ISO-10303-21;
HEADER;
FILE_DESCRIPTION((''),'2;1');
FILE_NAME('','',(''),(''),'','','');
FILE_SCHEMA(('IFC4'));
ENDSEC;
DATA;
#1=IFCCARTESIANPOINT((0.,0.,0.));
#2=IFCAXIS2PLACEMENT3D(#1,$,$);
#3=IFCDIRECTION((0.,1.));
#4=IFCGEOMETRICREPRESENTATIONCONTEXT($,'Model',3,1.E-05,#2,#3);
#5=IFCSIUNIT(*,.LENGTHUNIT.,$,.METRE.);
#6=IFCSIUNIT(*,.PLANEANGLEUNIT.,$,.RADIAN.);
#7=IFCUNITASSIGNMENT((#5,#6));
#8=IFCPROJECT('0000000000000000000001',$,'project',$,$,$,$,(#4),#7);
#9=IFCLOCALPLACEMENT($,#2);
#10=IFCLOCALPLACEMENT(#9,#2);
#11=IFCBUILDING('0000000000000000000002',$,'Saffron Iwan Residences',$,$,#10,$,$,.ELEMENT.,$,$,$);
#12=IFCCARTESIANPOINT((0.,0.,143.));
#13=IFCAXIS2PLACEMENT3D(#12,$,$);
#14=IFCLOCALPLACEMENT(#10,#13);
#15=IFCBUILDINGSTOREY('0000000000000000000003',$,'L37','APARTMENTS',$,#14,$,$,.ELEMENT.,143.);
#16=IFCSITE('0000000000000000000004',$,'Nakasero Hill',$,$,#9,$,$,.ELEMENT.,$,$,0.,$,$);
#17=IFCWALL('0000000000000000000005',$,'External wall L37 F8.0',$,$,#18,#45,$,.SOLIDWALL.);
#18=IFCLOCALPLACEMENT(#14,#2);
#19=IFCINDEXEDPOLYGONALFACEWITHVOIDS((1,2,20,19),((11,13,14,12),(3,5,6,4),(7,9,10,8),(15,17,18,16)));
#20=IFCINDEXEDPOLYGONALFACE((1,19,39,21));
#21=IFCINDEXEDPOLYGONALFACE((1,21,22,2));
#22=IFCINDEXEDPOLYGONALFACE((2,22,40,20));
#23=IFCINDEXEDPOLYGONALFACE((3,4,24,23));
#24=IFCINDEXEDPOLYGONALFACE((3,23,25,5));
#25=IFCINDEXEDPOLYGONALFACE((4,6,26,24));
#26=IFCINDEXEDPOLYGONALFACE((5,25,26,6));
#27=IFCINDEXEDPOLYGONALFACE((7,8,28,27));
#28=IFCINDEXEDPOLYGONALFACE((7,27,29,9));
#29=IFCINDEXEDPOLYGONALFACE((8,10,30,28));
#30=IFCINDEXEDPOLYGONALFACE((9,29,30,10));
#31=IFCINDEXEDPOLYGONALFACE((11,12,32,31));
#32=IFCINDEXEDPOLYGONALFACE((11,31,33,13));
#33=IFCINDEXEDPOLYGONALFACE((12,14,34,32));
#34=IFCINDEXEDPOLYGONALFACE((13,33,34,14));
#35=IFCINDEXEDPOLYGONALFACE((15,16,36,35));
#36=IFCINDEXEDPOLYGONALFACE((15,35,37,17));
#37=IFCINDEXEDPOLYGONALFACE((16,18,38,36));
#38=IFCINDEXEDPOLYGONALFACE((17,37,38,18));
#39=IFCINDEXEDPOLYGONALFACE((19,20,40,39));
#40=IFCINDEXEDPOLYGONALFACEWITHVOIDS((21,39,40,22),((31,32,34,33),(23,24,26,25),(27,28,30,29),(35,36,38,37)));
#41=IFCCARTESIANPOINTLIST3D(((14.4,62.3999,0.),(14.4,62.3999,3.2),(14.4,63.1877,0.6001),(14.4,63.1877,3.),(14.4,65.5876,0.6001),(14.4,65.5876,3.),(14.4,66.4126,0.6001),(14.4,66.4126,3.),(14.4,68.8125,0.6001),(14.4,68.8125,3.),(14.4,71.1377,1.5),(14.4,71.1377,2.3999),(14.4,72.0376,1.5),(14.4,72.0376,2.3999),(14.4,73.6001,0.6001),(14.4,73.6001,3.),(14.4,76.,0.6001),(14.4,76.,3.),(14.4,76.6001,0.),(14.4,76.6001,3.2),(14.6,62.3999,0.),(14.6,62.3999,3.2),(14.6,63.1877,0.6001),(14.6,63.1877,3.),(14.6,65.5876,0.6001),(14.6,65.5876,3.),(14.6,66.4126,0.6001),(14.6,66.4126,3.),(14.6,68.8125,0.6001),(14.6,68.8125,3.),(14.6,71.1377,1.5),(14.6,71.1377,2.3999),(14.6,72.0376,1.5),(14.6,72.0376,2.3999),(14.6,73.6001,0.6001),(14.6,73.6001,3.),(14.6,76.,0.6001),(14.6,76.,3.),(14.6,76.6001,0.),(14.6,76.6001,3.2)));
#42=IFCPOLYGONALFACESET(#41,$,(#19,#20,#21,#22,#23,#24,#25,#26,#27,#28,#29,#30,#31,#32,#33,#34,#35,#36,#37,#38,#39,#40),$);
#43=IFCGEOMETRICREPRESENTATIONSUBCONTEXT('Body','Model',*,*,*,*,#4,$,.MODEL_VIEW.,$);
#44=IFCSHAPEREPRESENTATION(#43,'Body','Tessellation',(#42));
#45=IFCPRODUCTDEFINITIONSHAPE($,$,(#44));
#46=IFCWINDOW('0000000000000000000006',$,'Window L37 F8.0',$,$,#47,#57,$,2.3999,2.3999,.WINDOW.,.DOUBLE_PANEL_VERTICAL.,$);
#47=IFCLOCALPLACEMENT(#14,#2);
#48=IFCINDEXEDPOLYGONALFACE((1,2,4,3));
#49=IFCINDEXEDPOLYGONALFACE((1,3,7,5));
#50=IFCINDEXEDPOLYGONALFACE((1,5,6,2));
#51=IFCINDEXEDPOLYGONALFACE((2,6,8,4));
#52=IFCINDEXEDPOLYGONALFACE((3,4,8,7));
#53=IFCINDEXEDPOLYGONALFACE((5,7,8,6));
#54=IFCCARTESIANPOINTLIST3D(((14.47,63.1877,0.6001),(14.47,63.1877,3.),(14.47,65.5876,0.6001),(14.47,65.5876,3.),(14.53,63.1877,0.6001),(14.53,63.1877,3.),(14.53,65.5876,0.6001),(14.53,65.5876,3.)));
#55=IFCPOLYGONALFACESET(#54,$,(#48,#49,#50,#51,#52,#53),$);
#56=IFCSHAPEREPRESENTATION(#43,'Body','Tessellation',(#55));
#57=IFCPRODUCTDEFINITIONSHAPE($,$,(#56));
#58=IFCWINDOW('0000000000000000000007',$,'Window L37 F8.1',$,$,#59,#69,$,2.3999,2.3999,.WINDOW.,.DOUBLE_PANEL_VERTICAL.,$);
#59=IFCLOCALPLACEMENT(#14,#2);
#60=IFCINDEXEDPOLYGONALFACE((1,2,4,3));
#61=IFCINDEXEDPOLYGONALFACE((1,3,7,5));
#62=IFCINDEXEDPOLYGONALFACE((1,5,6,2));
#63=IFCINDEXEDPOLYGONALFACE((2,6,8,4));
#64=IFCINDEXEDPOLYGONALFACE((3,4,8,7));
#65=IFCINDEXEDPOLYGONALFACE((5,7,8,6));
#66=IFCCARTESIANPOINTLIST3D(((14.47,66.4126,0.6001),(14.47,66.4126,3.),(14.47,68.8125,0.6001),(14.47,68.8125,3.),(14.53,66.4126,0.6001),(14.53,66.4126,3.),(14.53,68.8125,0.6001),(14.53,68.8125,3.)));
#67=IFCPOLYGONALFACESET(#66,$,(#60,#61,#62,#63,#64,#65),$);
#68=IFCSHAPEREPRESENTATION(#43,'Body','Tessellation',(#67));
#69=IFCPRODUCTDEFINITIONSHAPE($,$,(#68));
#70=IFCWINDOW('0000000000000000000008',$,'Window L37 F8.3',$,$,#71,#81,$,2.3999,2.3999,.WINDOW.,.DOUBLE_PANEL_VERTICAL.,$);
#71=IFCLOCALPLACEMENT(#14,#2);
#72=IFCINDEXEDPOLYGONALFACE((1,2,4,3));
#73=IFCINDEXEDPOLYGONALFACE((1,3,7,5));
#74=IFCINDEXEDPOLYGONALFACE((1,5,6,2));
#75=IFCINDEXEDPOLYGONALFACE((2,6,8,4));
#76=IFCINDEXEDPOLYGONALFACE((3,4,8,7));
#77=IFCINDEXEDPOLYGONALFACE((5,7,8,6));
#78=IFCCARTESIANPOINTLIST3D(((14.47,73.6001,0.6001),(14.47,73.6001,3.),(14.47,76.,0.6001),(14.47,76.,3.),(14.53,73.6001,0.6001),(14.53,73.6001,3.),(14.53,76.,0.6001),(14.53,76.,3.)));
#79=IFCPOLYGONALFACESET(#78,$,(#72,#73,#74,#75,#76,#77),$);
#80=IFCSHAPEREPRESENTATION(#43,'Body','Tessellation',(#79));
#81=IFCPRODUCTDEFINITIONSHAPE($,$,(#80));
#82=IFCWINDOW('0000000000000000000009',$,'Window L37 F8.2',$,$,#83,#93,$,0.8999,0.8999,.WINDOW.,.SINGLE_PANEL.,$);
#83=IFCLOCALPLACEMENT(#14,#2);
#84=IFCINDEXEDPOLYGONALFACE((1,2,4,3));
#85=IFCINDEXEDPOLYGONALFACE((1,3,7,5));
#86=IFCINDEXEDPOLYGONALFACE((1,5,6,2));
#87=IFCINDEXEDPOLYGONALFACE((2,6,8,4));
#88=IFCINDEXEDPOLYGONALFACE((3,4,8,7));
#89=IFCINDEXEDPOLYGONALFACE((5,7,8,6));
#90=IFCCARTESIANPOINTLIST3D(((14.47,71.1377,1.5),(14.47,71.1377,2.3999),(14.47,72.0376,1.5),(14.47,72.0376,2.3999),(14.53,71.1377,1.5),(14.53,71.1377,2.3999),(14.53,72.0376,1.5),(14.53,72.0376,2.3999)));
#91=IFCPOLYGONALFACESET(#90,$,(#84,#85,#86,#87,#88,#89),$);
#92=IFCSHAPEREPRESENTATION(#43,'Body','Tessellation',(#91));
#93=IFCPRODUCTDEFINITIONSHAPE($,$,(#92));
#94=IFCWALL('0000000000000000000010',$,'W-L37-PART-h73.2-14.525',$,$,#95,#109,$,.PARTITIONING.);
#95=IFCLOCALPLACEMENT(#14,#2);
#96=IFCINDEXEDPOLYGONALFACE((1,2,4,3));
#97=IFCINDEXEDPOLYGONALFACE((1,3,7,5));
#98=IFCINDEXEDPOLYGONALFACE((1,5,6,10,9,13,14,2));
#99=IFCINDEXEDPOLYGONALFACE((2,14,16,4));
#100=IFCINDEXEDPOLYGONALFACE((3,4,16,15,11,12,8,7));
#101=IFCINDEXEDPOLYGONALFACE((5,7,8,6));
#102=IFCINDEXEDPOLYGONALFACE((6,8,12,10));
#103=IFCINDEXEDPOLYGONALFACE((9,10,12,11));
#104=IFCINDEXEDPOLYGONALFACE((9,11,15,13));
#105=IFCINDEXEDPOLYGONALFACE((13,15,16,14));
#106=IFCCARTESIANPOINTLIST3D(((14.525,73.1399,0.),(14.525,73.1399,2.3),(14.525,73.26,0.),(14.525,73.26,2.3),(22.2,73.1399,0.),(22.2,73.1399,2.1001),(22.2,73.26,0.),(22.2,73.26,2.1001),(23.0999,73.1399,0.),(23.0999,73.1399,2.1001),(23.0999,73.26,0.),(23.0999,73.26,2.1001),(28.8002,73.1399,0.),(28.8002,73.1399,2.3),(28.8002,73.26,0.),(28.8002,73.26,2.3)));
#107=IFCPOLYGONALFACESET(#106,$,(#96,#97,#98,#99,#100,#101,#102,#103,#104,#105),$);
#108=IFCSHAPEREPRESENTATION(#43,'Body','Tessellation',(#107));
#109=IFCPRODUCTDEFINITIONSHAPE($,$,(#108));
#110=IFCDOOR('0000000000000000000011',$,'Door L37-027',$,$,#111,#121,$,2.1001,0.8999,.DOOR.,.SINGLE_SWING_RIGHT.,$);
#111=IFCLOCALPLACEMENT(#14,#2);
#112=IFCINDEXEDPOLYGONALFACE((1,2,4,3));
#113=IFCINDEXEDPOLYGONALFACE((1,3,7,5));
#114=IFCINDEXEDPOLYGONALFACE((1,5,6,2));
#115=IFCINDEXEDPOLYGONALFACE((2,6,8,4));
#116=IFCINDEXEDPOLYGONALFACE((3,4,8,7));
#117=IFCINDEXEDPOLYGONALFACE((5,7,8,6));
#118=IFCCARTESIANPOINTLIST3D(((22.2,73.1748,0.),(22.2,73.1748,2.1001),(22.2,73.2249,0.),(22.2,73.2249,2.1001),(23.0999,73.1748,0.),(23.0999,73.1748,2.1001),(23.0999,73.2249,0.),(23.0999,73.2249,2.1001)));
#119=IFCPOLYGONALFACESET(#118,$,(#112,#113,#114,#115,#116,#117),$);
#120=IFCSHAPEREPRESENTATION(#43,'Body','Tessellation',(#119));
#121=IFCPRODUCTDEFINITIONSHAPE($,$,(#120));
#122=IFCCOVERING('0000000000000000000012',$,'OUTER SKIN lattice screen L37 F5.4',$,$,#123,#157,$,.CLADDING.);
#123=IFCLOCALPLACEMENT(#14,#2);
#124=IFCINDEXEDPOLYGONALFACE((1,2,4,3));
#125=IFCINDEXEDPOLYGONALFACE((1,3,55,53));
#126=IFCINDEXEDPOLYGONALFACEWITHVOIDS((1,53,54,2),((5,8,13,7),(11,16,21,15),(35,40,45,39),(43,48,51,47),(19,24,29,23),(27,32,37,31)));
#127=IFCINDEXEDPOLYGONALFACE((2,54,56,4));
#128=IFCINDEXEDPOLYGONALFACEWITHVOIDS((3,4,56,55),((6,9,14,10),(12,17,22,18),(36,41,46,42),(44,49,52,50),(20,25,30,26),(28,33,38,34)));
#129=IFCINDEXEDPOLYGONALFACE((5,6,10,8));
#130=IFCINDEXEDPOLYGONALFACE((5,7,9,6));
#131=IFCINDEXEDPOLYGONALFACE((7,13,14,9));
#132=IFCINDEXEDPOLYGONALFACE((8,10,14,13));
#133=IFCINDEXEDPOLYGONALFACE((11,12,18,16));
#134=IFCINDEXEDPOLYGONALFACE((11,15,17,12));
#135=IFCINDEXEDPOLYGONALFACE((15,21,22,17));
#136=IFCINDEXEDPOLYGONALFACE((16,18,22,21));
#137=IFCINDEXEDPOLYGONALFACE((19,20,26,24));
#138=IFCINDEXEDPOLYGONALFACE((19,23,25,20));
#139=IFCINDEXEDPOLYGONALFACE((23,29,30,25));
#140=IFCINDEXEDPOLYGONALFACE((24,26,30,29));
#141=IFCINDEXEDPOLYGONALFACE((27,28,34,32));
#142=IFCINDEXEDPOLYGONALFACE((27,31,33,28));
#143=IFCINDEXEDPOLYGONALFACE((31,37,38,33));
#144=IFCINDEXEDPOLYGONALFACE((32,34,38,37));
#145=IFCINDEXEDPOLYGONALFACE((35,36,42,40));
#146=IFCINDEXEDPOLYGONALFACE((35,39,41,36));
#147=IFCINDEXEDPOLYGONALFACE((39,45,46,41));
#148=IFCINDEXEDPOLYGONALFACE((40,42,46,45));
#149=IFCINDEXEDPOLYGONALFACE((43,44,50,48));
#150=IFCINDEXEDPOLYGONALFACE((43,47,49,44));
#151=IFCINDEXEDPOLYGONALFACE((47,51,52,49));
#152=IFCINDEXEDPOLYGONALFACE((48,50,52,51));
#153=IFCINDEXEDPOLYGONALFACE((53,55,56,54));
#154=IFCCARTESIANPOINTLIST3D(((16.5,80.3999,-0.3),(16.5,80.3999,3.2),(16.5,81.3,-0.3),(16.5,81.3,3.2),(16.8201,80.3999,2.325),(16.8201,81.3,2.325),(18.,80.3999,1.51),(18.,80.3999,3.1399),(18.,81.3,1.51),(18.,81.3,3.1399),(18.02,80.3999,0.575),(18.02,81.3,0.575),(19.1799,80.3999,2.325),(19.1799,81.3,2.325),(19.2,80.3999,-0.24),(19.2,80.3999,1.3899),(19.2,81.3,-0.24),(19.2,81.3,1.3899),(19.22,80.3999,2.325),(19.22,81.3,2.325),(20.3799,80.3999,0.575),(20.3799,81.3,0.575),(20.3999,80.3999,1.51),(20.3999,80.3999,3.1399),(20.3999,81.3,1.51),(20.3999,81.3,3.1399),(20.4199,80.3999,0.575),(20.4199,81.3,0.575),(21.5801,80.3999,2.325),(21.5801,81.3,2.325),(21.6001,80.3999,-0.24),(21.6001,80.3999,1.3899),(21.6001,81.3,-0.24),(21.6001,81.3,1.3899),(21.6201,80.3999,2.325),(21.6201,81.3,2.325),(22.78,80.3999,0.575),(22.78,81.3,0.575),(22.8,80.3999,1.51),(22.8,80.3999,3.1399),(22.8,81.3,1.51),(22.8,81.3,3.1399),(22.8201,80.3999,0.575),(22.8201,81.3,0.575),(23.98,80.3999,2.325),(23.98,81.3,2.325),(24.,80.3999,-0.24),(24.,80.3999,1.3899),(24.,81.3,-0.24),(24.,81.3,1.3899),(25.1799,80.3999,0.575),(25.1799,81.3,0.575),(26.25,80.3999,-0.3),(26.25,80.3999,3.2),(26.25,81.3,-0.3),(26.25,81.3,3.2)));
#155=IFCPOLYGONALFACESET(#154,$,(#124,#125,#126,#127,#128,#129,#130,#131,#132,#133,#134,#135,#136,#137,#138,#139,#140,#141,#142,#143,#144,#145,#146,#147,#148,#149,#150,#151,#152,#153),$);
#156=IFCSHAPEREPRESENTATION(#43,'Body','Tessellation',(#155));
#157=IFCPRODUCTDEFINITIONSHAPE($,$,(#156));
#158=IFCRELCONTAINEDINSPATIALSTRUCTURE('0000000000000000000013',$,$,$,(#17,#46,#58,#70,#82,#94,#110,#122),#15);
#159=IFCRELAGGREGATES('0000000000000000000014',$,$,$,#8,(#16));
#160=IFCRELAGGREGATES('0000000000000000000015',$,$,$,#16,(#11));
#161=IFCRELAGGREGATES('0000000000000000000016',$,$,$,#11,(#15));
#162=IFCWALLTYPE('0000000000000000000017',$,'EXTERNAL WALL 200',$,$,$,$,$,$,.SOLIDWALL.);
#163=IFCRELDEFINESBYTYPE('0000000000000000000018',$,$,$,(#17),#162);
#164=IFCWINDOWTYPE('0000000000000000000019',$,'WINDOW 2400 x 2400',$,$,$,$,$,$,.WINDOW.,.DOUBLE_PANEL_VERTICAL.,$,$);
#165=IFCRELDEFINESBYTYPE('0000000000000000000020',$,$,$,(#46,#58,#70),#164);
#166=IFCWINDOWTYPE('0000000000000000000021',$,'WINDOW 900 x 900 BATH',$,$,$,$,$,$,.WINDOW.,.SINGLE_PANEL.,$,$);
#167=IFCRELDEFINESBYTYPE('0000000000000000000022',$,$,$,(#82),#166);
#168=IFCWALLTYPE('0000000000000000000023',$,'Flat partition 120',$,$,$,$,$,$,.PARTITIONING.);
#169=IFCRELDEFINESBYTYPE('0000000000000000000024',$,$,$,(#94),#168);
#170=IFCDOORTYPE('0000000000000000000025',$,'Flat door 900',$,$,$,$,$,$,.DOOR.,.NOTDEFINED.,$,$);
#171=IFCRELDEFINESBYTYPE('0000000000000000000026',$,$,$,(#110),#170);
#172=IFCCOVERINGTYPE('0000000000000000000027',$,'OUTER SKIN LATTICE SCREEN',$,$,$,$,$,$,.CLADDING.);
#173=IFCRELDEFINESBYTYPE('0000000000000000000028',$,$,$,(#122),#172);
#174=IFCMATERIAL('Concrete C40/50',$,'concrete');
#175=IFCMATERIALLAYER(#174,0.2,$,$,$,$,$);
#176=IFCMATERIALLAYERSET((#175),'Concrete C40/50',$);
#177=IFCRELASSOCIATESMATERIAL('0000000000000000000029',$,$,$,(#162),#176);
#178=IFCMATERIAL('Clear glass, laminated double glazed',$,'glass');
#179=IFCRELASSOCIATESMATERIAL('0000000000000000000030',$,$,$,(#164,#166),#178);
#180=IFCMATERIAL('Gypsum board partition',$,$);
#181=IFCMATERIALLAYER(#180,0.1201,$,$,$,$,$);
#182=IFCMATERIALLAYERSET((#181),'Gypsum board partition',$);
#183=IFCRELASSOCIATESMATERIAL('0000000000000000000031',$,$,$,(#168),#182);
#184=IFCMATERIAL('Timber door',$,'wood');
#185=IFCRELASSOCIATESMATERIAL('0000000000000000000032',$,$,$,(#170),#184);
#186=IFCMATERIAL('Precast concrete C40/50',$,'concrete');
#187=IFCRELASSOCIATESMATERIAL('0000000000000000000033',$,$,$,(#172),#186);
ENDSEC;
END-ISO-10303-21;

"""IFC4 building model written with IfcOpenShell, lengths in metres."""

from ifc_helpers import new_model, si_unit, direction, frame, frame_2d, origin, place, context, subcontext, project, spatial, polyline, rectangle, outline, extrude, material, layer, layer_set, type_object, element, fill, save


model = new_model("IFC4")

# Units and contexts
model_context = context("Model", 3, precision=1e-05, world=origin(), true_north=direction((0.0, 1.0)))
body_context = subcontext(model_context, "Body", "Model", "MODEL_VIEW")
ifc_project = project(units=[si_unit("LENGTHUNIT", "METRE"), si_unit("PLANEANGLEUNIT", "RADIAN")], contexts=[model_context])

# Site, building, storey
site_placement = place(None, origin())
site = spatial("IfcSite", under=ifc_project, at=site_placement, Name="Nakasero Hill", CompositionType="ELEMENT", RefElevation=0.0)
building_placement = place(site_placement, origin())
building = spatial("IfcBuilding", under=site, at=building_placement, Name="Saffron Iwan Residences", CompositionType="ELEMENT")
storey_placement = place(building_placement, frame((0.0, 0.0, 143.0)))
storey = spatial("IfcBuildingStorey", under=building, at=storey_placement, Name="L37", Description="APARTMENTS", CompositionType="ELEMENT", Elevation=143.0)

# Shared definitions
ifc_material_1 = material(Name="Concrete C40/50", Category="concrete")
ifc_layer_1 = layer(ifc_material_1, 0.2)
ifc_layer_set_1 = layer_set([ifc_layer_1], Name="Concrete C40/50")
wall_type_1 = type_object("IfcWallType", Name="EXTERNAL WALL 200", PredefinedType="SOLIDWALL", material=ifc_layer_set_1)
ifc_material_2 = material(Name="Clear glass, laminated double glazed", Category="glass")
window_type_1 = type_object("IfcWindowType", Name="WINDOW 2400 x 2400", PartitioningType="DOUBLE_PANEL_VERTICAL", PredefinedType="WINDOW", material=ifc_material_2)

# Wall, openings, windows
wall_1_placement = place(storey_placement, frame((14.5, 76.6001, 0.0), z_axis=(0.0, 0.0, 1.0), x_axis=(0.0, -1.0, 0.0)))
wall_1 = element("IfcWall", 1, at=wall_1_placement, inside=storey, type_object=wall_type_1, Name="External wall L37 F8.0", PredefinedType="SOLIDWALL", context=body_context, shape_type="SweptSolid", body=[
    extrude(rectangle(XDim=14.2002, YDim=0.2, at=frame_2d((7.1001, 0.0))), origin(), (0.0, 0.0, 1.0), 3.2),
])
opening_1_placement = place(wall_1_placement, frame((11.0125, 0.0, 0.6001)))
opening_1 = element("IfcOpeningElement", 2, at=opening_1_placement, cuts=wall_1, PredefinedType="OPENING", context=body_context, shape_type="SweptSolid", body=[
    extrude(rectangle(XDim=2.3999, YDim=2.3999, at=frame_2d((1.2, 1.2))), frame((0.0, 0.1099, 0.0), z_axis=(0.0, -1.0, 0.0), x_axis=(1.0, 0.0, 0.0)), (0.0, 0.0, 1.0), 0.22),
])
opening_2_placement = place(wall_1_placement, frame((7.7876, 0.0, 0.6001)))
opening_2 = element("IfcOpeningElement", 3, at=opening_2_placement, cuts=wall_1, PredefinedType="OPENING", context=body_context, shape_type="SweptSolid", body=[
    extrude(rectangle(XDim=2.3999, YDim=2.3999, at=frame_2d((1.2, 1.2))), frame((0.0, 0.1099, 0.0), z_axis=(0.0, -1.0, 0.0), x_axis=(1.0, 0.0, 0.0)), (0.0, 0.0, 1.0), 0.22),
])
opening_3_placement = place(wall_1_placement, frame((4.5625, 0.0, 1.5)))
opening_3 = element("IfcOpeningElement", 4, at=opening_3_placement, cuts=wall_1, PredefinedType="OPENING", context=body_context, shape_type="SweptSolid", body=[
    extrude(rectangle(XDim=0.8999, YDim=0.8999, at=frame_2d((0.45, 0.45))), frame((0.0, 0.1099, 0.0), z_axis=(0.0, -1.0, 0.0), x_axis=(1.0, 0.0, 0.0)), (0.0, 0.0, 1.0), 0.22),
])
opening_4_placement = place(wall_1_placement, frame((0.6001, 0.0, 0.6001)))
opening_4 = element("IfcOpeningElement", 5, at=opening_4_placement, cuts=wall_1, PredefinedType="OPENING", context=body_context, shape_type="SweptSolid", body=[
    extrude(rectangle(XDim=2.3999, YDim=2.3999, at=frame_2d((1.2, 1.2))), frame((0.0, 0.1099, 0.0), z_axis=(0.0, -1.0, 0.0), x_axis=(1.0, 0.0, 0.0)), (0.0, 0.0, 1.0), 0.22),
])
window_1_placement = place(opening_1_placement, origin())
window_1 = element("IfcWindow", 6, at=window_1_placement, inside=storey, type_object=window_type_1, Name="Window L37 F8.0", OverallHeight=2.3999, OverallWidth=2.3999, PartitioningType="DOUBLE_PANEL_VERTICAL", PredefinedType="WINDOW", context=body_context, shape_type="SweptSolid", body=[
    extrude(rectangle(XDim=2.3999, YDim=2.3999, at=frame_2d((1.2, 1.2))), frame((0.0, 0.03, 0.0), z_axis=(0.0, -1.0, 0.0), x_axis=(1.0, 0.0, 0.0)), (0.0, 0.0, 1.0), 0.0601),
])
fill(opening_1, window_1)
window_2_placement = place(opening_2_placement, origin())
window_2 = element("IfcWindow", 7, at=window_2_placement, inside=storey, type_object=window_type_1, Name="Window L37 F8.1", OverallHeight=2.3999, OverallWidth=2.3999, PartitioningType="DOUBLE_PANEL_VERTICAL", PredefinedType="WINDOW", context=body_context, shape_type="SweptSolid", body=[
    extrude(rectangle(XDim=2.3999, YDim=2.3999, at=frame_2d((1.2, 1.2))), frame((0.0, 0.03, 0.0), z_axis=(0.0, -1.0, 0.0), x_axis=(1.0, 0.0, 0.0)), (0.0, 0.0, 1.0), 0.0601),
])
fill(opening_2, window_2)
window_3_placement = place(opening_4_placement, origin())
window_3 = element("IfcWindow", 8, at=window_3_placement, inside=storey, type_object=window_type_1, Name="Window L37 F8.3", OverallHeight=2.3999, OverallWidth=2.3999, PartitioningType="DOUBLE_PANEL_VERTICAL", PredefinedType="WINDOW", context=body_context, shape_type="SweptSolid", body=[
    extrude(rectangle(XDim=2.3999, YDim=2.3999, at=frame_2d((1.2, 1.2))), frame((0.0, 0.03, 0.0), z_axis=(0.0, -1.0, 0.0), x_axis=(1.0, 0.0, 0.0)), (0.0, 0.0, 1.0), 0.0601),
])
fill(opening_4, window_3)
window_type_2 = type_object("IfcWindowType", Name="WINDOW 900 x 900 BATH", PartitioningType="SINGLE_PANEL", PredefinedType="WINDOW", material=ifc_material_2)
window_4_placement = place(opening_3_placement, origin())
window_4 = element("IfcWindow", 9, at=window_4_placement, inside=storey, type_object=window_type_2, Name="Window L37 F8.2", OverallHeight=0.8999, OverallWidth=0.8999, PartitioningType="SINGLE_PANEL", PredefinedType="WINDOW", context=body_context, shape_type="SweptSolid", body=[
    extrude(rectangle(XDim=0.8999, YDim=0.8999, at=frame_2d((0.45, 0.45))), frame((0.0, 0.03, 0.0), z_axis=(0.0, -1.0, 0.0), x_axis=(1.0, 0.0, 0.0)), (0.0, 0.0, 1.0), 0.0601),
])
fill(opening_3, window_4)

# Wall, opening, door
ifc_material_3 = material(Name="Gypsum board partition")
ifc_layer_2 = layer(ifc_material_3, 0.1201)
ifc_layer_set_2 = layer_set([ifc_layer_2], Name="Gypsum board partition")
wall_type_2 = type_object("IfcWallType", Name="Flat partition 120", PredefinedType="PARTITIONING", material=ifc_layer_set_2)
wall_2_placement = place(storey_placement, frame((14.5249, 73.2, 0.0), z_axis=(0.0, 0.0, 1.0), x_axis=(1.0, 0.0, 0.0)))
wall_2 = element("IfcWall", 10, at=wall_2_placement, inside=storey, type_object=wall_type_2, Name="W-L37-PART-h73.2-14.525", PredefinedType="PARTITIONING", context=body_context, shape_type="SweptSolid", body=[
    extrude(rectangle(XDim=14.2751, YDim=0.1201, at=frame_2d((7.1377, 0.0))), origin(), (0.0, 0.0, 1.0), 2.3),
])
opening_5_placement = place(wall_2_placement, frame((7.675, 0.0, 0.0)))
opening_5 = element("IfcOpeningElement", 11, at=opening_5_placement, cuts=wall_2, PredefinedType="OPENING", context=body_context, shape_type="SweptSolid", body=[
    extrude(rectangle(XDim=0.8999, YDim=2.1001, at=frame_2d((0.45, 1.05))), frame((0.0, 0.0701, 0.0), z_axis=(0.0, -1.0, 0.0), x_axis=(1.0, 0.0, 0.0)), (0.0, 0.0, 1.0), 0.1401),
])
ifc_material_4 = material(Name="Timber door", Category="wood")
door_type = type_object("IfcDoorType", Name="Flat door 900", OperationType="NOTDEFINED", PredefinedType="DOOR", material=ifc_material_4)
door_placement = place(opening_5_placement, origin())
door = element("IfcDoor", 12, at=door_placement, inside=storey, type_object=door_type, Name="Door L37-027", OperationType="SINGLE_SWING_RIGHT", OverallHeight=2.1001, OverallWidth=0.8999, PredefinedType="DOOR", context=body_context, shape_type="SweptSolid", body=[
    extrude(rectangle(XDim=0.8999, YDim=2.1001, at=frame_2d((0.45, 1.05))), frame((0.0, 0.0249, 0.0), z_axis=(0.0, -1.0, 0.0), x_axis=(1.0, 0.0, 0.0)), (0.0, 0.0, 1.0), 0.05),
])
fill(opening_5, door)

# Covering
ifc_material_5 = material(Name="Precast concrete C40/50", Category="concrete")
covering_type = type_object("IfcCoveringType", Name="OUTER SKIN LATTICE SCREEN", PredefinedType="CLADDING", material=ifc_material_5)
covering_1_placement = place(storey_placement, frame((26.25, 80.3999, -0.3), z_axis=(0.0, 1.0, 0.0), x_axis=(-1.0, 0.0, 0.0)))
element("IfcCovering", 13, at=covering_1_placement, inside=storey, type_object=covering_type, Name="OUTER SKIN lattice screen L37 F5.4", PredefinedType="CLADDING", context=body_context, shape_type="SweptSolid", body=[
    extrude(outline(polyline([(0.0, 0.0), (9.75, 0.0), (9.75, 3.5), (0.0, 3.5), (0.0, 0.0)]), holes=[polyline([(1.0701, 0.875), (2.25, 0.0601), (3.4299, 0.875), (2.25, 1.6899), (1.0701, 0.875)]), polyline([(3.47, 0.875), (4.6499, 0.0601), (5.8301, 0.875), (4.6499, 1.6899), (3.47, 0.875)]), polyline([(5.8701, 0.875), (7.05, 0.0601), (8.23, 0.875), (7.05, 1.6899), (5.8701, 0.875)]), polyline([(2.27, 2.625), (3.45, 1.8101), (4.6299, 2.625), (3.45, 3.4399), (2.27, 2.625)]), polyline([(4.6699, 2.625), (5.8501, 1.8101), (7.03, 2.625), (5.8501, 3.4399), (4.6699, 2.625)]), polyline([(7.0701, 2.625), (8.25, 1.8101), (9.4299, 2.625), (8.25, 3.4399), (7.0701, 2.625)])]), origin(), (0.0, 0.0, 1.0), 0.9001),
])

save(model, "model.ifc")
